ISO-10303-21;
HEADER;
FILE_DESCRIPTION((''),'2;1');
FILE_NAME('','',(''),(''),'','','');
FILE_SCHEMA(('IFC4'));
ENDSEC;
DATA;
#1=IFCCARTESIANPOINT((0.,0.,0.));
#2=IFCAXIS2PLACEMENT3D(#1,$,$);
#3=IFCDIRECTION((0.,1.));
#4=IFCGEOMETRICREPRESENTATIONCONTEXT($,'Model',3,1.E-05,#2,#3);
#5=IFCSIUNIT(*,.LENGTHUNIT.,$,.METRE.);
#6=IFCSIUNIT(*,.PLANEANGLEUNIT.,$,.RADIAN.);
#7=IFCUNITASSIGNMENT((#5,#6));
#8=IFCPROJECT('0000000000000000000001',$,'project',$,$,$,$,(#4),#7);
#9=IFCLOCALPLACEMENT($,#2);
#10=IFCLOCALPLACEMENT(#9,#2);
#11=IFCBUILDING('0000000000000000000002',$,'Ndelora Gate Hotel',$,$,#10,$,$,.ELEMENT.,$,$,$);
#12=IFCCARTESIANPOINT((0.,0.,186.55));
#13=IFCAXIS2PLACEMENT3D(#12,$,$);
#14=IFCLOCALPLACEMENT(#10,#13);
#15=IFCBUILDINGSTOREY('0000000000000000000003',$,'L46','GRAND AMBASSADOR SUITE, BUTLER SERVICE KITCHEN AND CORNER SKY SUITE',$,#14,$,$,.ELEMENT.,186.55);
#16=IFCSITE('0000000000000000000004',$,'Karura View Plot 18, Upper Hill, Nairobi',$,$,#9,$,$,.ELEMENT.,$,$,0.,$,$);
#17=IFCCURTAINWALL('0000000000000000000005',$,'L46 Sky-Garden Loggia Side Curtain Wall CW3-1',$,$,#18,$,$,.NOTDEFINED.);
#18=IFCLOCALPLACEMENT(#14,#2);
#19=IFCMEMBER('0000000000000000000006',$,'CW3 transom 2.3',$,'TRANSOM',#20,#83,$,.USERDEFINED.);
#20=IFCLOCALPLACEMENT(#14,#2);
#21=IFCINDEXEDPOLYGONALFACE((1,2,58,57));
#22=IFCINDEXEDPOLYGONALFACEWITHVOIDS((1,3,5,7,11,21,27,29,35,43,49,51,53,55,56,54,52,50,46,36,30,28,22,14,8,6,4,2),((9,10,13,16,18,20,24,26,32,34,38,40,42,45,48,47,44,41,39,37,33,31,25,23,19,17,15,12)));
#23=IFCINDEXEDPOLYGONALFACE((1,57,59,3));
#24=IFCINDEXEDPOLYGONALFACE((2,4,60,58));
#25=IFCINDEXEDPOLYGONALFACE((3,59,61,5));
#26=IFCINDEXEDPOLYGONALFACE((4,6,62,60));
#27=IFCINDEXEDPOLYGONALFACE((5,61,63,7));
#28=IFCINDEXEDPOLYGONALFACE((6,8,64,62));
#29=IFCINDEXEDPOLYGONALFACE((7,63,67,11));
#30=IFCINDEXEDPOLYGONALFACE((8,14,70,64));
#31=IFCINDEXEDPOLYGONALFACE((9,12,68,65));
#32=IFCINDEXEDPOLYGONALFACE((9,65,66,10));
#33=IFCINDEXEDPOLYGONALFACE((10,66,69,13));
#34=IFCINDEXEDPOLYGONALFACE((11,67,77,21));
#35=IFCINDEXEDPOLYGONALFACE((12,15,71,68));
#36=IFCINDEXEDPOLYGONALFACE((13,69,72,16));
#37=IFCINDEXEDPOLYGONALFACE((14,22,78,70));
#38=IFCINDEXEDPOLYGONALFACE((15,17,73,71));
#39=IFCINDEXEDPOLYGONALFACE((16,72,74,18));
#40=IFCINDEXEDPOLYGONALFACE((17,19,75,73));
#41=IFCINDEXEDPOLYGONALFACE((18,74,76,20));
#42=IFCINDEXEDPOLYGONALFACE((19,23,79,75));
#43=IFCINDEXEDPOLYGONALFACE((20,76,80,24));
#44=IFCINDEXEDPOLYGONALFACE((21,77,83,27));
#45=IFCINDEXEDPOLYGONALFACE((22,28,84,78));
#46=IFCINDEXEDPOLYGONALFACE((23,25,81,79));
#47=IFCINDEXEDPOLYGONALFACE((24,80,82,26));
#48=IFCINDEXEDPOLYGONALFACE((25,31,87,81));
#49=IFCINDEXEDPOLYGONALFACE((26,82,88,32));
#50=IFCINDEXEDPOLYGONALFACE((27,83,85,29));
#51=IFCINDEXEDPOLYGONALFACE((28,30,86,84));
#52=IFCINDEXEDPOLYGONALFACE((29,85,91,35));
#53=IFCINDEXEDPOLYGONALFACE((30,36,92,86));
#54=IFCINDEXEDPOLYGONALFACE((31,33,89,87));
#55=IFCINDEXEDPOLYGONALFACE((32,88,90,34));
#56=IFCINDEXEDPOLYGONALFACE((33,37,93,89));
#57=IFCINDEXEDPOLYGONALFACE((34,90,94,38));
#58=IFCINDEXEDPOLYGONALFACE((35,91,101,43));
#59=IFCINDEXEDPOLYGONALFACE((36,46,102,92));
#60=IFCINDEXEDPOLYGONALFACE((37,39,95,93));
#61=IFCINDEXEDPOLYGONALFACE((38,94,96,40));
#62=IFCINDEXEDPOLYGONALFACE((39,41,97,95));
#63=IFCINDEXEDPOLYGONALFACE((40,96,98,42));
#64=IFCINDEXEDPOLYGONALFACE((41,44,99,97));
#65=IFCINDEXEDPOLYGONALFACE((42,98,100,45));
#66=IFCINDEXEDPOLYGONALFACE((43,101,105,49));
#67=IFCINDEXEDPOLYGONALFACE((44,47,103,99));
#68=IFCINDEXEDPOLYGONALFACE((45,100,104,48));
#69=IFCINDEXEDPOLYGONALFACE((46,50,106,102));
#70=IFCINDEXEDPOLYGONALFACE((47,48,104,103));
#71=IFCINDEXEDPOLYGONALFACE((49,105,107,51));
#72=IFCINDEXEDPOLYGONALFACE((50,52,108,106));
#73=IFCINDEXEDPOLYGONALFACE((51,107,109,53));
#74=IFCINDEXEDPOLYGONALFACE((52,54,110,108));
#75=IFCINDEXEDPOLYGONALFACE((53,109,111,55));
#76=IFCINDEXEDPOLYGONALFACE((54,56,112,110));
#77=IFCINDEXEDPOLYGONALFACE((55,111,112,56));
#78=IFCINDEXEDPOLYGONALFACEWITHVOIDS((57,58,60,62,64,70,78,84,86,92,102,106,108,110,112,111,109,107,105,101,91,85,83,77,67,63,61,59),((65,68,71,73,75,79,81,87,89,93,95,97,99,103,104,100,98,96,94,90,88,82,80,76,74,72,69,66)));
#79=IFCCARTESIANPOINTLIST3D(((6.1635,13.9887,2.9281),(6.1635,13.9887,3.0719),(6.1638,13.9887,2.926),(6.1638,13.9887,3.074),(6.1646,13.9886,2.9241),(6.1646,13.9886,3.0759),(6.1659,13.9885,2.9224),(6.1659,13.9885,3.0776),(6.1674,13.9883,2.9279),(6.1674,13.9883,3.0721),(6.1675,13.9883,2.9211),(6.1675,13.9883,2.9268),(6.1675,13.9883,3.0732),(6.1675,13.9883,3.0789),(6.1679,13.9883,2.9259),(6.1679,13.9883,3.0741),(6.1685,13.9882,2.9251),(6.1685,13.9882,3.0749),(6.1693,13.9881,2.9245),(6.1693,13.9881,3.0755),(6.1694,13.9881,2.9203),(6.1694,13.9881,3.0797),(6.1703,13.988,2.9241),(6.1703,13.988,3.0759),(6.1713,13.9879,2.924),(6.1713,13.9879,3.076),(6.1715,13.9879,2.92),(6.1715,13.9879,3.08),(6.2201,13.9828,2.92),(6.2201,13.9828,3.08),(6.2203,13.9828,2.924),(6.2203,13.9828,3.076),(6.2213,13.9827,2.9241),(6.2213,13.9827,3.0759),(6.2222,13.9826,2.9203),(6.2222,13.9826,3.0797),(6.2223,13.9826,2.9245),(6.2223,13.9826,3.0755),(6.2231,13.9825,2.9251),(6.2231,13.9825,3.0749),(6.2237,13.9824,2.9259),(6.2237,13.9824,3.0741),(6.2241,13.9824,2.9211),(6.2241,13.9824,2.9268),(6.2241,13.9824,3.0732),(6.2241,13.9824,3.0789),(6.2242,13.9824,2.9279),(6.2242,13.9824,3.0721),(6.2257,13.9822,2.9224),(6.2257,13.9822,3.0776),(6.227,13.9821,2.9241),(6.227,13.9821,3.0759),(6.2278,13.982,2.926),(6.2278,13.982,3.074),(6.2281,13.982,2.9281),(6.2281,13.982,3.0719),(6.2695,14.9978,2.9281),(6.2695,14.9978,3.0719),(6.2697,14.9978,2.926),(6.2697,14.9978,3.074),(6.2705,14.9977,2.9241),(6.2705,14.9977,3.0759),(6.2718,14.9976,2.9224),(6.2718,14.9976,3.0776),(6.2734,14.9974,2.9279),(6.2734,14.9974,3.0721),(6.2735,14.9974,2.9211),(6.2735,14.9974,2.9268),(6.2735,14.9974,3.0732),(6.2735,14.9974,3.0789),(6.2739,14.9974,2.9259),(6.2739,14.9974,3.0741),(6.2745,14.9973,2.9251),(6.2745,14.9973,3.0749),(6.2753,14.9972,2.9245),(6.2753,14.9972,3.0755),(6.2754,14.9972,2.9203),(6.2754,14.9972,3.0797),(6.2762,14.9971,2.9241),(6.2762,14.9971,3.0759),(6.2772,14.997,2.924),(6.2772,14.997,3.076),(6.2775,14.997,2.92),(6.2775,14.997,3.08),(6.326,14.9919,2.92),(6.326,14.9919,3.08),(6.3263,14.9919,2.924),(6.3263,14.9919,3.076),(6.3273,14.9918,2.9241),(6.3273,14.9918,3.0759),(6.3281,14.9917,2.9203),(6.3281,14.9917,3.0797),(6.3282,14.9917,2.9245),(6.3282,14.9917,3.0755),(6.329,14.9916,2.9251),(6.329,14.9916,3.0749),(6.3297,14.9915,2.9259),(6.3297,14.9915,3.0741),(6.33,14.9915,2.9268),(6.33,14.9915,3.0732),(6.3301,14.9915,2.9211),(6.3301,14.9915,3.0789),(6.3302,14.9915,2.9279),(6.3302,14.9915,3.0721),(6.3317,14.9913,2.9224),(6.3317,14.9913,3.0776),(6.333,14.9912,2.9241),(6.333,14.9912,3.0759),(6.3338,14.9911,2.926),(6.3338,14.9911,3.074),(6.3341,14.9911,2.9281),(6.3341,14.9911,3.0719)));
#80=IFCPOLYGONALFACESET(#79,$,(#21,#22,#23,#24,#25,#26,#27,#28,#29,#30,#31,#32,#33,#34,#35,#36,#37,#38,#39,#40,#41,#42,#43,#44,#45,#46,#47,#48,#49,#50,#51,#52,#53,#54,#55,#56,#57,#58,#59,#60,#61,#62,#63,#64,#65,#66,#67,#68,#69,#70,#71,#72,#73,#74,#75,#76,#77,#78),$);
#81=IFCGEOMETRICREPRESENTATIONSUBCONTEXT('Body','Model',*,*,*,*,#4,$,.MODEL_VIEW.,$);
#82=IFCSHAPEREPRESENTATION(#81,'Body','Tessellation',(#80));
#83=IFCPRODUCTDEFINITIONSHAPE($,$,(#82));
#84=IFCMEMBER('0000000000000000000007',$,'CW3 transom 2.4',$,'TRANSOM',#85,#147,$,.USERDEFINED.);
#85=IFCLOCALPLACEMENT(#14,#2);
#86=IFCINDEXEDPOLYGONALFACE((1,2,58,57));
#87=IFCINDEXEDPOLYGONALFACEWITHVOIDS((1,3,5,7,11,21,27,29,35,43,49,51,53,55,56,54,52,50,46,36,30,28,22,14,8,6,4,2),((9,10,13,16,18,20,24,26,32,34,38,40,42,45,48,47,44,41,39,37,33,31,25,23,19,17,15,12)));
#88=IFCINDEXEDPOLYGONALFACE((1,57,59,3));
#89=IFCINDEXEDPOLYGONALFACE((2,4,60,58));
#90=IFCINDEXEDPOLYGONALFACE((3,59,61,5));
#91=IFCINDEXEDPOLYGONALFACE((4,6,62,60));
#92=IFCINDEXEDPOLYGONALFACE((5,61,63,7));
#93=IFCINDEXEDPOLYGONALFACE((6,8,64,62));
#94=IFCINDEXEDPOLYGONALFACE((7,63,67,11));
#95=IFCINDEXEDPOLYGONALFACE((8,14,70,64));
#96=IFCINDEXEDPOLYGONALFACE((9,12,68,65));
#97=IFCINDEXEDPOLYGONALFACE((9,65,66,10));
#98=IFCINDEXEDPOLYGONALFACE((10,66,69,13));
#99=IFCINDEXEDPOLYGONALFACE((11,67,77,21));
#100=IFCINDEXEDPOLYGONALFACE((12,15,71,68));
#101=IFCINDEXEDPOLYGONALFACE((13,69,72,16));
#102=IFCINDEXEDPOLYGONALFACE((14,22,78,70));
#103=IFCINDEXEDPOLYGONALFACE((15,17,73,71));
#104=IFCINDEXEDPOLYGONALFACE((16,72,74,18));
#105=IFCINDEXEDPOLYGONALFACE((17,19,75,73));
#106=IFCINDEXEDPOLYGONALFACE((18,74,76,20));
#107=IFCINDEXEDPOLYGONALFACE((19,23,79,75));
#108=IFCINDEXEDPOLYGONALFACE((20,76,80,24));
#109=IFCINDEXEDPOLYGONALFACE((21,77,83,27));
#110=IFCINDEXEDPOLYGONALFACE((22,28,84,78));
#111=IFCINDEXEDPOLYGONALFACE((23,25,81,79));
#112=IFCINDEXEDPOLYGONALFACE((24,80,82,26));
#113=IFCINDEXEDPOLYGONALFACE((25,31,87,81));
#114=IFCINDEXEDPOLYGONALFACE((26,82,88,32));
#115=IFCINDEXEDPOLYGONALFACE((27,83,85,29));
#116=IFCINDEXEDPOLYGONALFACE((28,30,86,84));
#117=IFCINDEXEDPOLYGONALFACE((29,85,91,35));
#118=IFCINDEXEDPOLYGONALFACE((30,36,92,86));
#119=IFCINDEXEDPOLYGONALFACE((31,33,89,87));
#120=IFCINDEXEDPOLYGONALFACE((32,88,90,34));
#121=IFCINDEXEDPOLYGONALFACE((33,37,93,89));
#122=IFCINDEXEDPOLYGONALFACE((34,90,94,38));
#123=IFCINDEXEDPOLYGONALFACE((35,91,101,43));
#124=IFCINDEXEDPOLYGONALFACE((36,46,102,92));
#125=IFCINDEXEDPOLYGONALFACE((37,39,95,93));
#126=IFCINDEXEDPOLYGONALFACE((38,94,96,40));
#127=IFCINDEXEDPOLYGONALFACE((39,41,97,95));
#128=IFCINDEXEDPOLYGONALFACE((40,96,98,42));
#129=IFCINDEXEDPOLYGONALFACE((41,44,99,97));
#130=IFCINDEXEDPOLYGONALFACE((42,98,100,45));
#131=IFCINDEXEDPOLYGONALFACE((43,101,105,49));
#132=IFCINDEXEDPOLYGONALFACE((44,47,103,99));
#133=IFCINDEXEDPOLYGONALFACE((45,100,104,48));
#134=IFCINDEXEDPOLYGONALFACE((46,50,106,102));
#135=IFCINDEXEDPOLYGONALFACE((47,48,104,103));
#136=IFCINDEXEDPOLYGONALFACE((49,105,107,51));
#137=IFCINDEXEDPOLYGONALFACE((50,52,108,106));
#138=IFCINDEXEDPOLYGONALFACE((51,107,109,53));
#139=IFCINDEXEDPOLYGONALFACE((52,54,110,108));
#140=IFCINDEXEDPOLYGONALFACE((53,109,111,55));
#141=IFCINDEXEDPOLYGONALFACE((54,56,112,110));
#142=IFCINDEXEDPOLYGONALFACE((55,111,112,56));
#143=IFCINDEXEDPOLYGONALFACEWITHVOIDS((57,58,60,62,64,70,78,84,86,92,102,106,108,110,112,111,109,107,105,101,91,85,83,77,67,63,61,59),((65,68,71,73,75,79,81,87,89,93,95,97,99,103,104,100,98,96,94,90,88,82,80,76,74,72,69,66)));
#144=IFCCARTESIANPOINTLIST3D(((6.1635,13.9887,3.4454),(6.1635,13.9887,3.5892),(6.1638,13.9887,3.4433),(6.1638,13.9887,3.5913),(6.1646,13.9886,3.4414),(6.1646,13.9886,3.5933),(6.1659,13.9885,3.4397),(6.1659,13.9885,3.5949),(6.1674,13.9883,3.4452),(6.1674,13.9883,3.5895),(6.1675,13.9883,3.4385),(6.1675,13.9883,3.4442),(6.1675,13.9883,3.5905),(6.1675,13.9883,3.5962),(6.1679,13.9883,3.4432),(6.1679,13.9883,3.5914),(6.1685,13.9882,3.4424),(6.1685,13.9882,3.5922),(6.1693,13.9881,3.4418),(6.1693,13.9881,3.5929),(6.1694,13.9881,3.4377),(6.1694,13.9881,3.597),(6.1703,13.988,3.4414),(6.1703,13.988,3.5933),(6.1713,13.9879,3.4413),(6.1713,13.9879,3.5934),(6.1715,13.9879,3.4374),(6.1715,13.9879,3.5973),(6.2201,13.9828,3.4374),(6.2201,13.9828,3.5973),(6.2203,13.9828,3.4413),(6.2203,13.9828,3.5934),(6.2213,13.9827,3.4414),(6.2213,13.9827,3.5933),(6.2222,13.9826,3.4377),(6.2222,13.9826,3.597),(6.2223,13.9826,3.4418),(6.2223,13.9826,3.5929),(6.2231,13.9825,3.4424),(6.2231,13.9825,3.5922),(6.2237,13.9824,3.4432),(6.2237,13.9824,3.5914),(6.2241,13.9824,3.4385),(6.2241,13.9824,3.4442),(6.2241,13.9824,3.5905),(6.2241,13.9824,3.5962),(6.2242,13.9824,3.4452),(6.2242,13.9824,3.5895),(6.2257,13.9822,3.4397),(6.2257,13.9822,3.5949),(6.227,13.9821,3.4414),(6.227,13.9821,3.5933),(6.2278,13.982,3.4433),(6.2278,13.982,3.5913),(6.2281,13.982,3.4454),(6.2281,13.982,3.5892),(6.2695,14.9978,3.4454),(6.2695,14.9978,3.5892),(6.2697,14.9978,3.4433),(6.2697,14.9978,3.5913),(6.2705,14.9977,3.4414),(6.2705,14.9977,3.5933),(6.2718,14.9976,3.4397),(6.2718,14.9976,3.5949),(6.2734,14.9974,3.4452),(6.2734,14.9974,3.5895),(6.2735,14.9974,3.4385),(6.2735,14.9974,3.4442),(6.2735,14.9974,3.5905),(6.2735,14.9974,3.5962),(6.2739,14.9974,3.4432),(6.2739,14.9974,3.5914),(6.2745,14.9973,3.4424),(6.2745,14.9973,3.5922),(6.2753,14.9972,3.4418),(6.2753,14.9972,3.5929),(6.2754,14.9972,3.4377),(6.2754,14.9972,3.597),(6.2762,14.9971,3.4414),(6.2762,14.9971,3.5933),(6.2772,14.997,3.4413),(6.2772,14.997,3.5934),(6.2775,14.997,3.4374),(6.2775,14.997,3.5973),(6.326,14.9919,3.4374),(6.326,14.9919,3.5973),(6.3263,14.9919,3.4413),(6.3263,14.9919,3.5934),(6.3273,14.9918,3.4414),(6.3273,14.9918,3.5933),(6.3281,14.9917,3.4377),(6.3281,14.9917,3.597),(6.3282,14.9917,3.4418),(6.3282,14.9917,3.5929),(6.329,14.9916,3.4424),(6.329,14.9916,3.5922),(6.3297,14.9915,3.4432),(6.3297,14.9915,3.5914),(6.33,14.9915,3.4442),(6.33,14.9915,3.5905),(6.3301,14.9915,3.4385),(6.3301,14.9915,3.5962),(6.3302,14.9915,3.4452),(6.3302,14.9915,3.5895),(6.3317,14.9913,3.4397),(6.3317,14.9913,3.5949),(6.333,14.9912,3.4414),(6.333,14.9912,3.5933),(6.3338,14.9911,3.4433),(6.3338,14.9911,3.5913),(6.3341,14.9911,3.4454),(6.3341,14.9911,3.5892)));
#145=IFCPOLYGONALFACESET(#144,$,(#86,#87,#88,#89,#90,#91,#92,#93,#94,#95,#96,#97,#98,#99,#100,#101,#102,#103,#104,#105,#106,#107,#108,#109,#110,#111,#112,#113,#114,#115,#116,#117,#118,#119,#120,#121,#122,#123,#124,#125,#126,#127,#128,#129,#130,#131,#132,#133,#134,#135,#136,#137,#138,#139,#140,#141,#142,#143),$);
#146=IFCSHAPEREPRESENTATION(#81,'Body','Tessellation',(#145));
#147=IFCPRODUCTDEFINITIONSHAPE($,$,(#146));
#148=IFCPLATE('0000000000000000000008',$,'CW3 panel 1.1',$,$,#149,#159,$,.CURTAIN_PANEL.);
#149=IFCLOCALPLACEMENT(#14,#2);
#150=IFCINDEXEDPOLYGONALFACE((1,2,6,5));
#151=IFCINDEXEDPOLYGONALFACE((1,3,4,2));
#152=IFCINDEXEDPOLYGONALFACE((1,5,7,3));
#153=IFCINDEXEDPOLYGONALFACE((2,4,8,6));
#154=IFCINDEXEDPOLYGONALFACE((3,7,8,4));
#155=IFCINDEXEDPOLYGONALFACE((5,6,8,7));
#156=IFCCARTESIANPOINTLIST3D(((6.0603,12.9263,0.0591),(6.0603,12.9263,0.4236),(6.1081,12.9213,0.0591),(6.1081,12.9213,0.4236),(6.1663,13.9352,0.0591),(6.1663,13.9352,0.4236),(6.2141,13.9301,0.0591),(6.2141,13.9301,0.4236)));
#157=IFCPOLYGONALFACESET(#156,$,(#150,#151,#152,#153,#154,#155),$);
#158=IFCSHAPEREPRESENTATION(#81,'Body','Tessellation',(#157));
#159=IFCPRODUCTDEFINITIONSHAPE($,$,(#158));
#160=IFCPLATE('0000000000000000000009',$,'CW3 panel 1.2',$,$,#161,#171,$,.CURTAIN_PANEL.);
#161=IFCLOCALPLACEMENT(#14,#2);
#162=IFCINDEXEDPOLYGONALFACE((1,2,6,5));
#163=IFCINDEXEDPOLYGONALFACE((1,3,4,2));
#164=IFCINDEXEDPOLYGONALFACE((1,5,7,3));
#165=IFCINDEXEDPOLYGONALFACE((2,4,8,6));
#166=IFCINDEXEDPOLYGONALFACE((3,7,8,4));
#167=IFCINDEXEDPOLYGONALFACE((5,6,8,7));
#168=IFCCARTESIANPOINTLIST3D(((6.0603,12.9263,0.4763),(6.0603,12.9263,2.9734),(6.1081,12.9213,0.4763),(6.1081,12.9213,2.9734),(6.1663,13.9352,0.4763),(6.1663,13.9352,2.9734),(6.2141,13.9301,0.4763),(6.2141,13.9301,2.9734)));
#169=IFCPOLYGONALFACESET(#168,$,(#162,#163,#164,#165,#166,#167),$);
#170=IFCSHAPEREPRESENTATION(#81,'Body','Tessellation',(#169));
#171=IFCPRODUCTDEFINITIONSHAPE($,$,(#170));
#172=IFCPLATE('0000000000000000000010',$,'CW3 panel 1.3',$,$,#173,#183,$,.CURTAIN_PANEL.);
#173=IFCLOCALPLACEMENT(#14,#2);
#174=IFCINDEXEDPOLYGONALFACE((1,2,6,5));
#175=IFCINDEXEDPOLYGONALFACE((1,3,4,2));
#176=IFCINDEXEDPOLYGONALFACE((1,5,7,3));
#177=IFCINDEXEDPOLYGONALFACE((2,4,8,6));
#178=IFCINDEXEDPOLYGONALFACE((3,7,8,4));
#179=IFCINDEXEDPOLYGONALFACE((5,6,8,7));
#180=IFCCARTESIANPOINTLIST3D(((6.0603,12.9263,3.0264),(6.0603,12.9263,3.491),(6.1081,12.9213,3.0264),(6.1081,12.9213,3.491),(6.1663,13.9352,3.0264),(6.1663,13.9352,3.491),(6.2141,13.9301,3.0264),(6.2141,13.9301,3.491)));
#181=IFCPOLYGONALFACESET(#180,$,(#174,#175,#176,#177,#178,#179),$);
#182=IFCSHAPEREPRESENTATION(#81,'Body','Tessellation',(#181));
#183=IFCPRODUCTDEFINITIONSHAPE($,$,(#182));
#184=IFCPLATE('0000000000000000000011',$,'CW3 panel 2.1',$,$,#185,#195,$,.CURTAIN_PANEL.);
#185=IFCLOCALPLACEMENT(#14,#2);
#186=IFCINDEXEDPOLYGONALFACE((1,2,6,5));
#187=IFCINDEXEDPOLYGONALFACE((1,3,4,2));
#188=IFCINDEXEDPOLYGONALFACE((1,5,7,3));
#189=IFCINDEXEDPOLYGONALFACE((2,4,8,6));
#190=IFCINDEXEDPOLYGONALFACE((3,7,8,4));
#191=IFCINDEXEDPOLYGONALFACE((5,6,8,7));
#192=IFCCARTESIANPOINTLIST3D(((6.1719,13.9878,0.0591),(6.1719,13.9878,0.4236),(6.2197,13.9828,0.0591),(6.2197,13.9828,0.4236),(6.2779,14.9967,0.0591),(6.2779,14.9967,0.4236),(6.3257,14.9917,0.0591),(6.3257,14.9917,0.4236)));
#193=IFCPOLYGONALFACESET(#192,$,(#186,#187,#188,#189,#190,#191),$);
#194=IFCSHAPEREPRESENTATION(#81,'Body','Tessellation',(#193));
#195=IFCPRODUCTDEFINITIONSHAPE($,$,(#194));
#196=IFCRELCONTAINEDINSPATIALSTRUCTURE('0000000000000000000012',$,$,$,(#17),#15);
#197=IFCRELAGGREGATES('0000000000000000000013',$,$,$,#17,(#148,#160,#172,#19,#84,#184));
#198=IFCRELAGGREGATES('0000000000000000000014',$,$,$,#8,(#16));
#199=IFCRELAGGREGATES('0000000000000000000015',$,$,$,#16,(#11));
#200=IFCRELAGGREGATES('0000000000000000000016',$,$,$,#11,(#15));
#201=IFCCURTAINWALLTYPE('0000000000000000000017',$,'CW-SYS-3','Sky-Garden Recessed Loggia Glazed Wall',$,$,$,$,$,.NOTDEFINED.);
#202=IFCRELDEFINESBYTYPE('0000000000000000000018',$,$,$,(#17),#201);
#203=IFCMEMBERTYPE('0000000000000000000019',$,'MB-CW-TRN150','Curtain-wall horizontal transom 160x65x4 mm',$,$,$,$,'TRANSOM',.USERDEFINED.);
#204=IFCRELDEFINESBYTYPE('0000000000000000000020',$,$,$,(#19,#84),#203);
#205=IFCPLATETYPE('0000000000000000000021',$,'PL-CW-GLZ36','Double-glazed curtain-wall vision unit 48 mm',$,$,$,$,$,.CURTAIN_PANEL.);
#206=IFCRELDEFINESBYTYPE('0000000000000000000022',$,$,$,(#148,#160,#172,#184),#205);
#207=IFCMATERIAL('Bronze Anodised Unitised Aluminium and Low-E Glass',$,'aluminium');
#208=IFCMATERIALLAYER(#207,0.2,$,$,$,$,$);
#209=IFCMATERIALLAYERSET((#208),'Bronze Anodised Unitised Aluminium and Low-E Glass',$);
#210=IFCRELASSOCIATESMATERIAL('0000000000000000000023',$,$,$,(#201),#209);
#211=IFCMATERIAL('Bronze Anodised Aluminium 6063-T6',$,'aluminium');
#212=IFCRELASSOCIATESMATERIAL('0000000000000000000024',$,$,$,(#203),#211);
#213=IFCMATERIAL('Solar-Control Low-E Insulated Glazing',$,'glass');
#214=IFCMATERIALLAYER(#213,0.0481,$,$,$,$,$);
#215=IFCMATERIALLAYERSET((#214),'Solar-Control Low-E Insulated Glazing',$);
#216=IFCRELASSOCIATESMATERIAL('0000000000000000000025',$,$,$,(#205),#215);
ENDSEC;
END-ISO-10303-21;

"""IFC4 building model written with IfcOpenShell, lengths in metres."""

from ifc_helpers import new_model, si_unit, direction, frame, origin, origin_2d, place, context, subcontext, project, spatial, rectangle, hollow_rectangle, extrude, material, layer, layer_set, material_profile, profile_set, type_object, element, aggregate, save


model = new_model("IFC4")

# Units and contexts
model_context = context("Model", 3, precision=1e-05, world=origin(), true_north=direction((0.0, 1.0)))
body_context = subcontext(model_context, "Body", "Model", "MODEL_VIEW")
ifc_project = project(units=[si_unit("LENGTHUNIT", "METRE"), si_unit("PLANEANGLEUNIT", "RADIAN")], contexts=[model_context])

# Site, building, storey
site_placement = place(None, origin())
site = spatial("IfcSite", under=ifc_project, at=site_placement, Name="Karura View Plot 18, Upper Hill, Nairobi", CompositionType="ELEMENT", RefElevation=0.0)
building_placement = place(site_placement, origin())
building = spatial("IfcBuilding", under=site, at=building_placement, Name="Ndelora Gate Hotel", CompositionType="ELEMENT")
storey_placement = place(building_placement, frame((0.0, 0.0, 186.55)))
storey = spatial("IfcBuildingStorey", under=building, at=storey_placement, Name="L46", Description="GRAND AMBASSADOR SUITE, BUTLER SERVICE KITCHEN AND CORNER SKY SUITE", CompositionType="ELEMENT", Elevation=186.55)

# Curtain wall, members, plates
ifc_material_1 = material(Name="Bronze Anodised Unitised Aluminium and Low-E Glass", Category="aluminium")
ifc_layer_1 = layer(ifc_material_1, 0.2)
ifc_layer_set_1 = layer_set([ifc_layer_1], Name="Bronze Anodised Unitised Aluminium and Low-E Glass")
curtain_wall_type = type_object("IfcCurtainWallType", Name="CW-SYS-3", Description="Sky-Garden Recessed Loggia Glazed Wall", PredefinedType="NOTDEFINED", material=ifc_layer_set_1)
curtain_wall_placement = place(storey_placement, origin())
curtain_wall = element("IfcCurtainWall", 1, at=curtain_wall_placement, inside=storey, type_object=curtain_wall_type, Name="L46 Sky-Garden Loggia Side Curtain Wall CW3-1", PredefinedType="NOTDEFINED")
ifc_material_2 = material(Name="Bronze Anodised Aluminium 6063-T6", Category="aluminium")
ifc_material_profile_1 = material_profile(ifc_material_2, hollow_rectangle(XDim=0.0649, YDim=0.1599, WallThickness=0.0039, InnerFilletRadius=0.0039, OuterFilletRadius=0.0081, at=origin_2d()), Name="ALU 160x65x4")
ifc_profile_set_1 = profile_set([ifc_material_profile_1], Name="Bronze Anodised Aluminium 6063-T6")
member_type_1 = type_object("IfcMemberType", Name="MB-CW-TRN150", Description="Curtain-wall horizontal transom 160x65x4 mm", ElementType="TRANSOM", PredefinedType="USERDEFINED", material=ifc_profile_set_1)
member_1_placement = place(storey_placement, frame((6.1958, 13.9854, 3.0), z_axis=(0.104434, 0.994532, 0.0), x_axis=(-0.994532, 0.104434, 0.0)))
member_1 = element("IfcMember", 2, at=member_1_placement, type_object=member_type_1, Name="CW3 transom 2.3", ObjectType="TRANSOM", PredefinedType="USERDEFINED", context=body_context, shape_type="SweptSolid", body=[
    extrude(hollow_rectangle(XDim=0.0649, YDim=0.1599, WallThickness=0.0039, InnerFilletRadius=0.0039, OuterFilletRadius=0.0081, at=origin_2d()), origin(), (0.0, 0.0, 1.0), 1.0146),
])
member_2_placement = place(storey_placement, frame((6.1958, 13.9854, 3.5173), z_axis=(0.104434, 0.994532, 0.0), x_axis=(-0.994532, 0.104434, 0.0)))
member_2 = element("IfcMember", 3, at=member_2_placement, type_object=member_type_1, Name="CW3 transom 2.4", ObjectType="TRANSOM", PredefinedType="USERDEFINED", context=body_context, shape_type="SweptSolid", body=[
    extrude(hollow_rectangle(XDim=0.0649, YDim=0.1599, WallThickness=0.0039, InnerFilletRadius=0.0039, OuterFilletRadius=0.0081, at=origin_2d()), origin(), (0.0, 0.0, 1.0), 1.0146),
])
ifc_material_3 = material(Name="Solar-Control Low-E Insulated Glazing", Category="glass")
ifc_layer_2 = layer(ifc_material_3, 0.0481)
ifc_layer_set_2 = layer_set([ifc_layer_2], Name="Solar-Control Low-E Insulated Glazing")
plate_type = type_object("IfcPlateType", Name="PL-CW-GLZ36", Description="Double-glazed curtain-wall vision unit 48 mm", PredefinedType="CURTAIN_PANEL", material=ifc_layer_set_2)
plate_1_placement = place(storey_placement, frame((6.1372, 13.4282, 0.0591), z_axis=(0.0, 0.0, 1.0), x_axis=(0.104498, 0.994525, 0.0)))
plate_1 = element("IfcPlate", 4, at=plate_1_placement, type_object=plate_type, Name="CW3 panel 1.1", PredefinedType="CURTAIN_PANEL", context=body_context, shape_type="SweptSolid", body=[
    extrude(rectangle(XDim=1.0144, YDim=0.0481, at=origin_2d()), origin(), (0.0, 0.0, 1.0), 0.3645),
])
plate_2_placement = place(storey_placement, frame((6.1372, 13.4282, 0.4763), z_axis=(0.0, 0.0, 1.0), x_axis=(0.104498, 0.994525, 0.0)))
plate_2 = element("IfcPlate", 5, at=plate_2_placement, type_object=plate_type, Name="CW3 panel 1.2", PredefinedType="CURTAIN_PANEL", context=body_context, shape_type="SweptSolid", body=[
    extrude(rectangle(XDim=1.0144, YDim=0.0481, at=origin_2d()), origin(), (0.0, 0.0, 1.0), 2.4971),
])
plate_3_placement = place(storey_placement, frame((6.1372, 13.4282, 3.0264), z_axis=(0.0, 0.0, 1.0), x_axis=(0.104498, 0.994525, 0.0)))
plate_3 = element("IfcPlate", 6, at=plate_3_placement, type_object=plate_type, Name="CW3 panel 1.3", PredefinedType="CURTAIN_PANEL", context=body_context, shape_type="SweptSolid", body=[
    extrude(rectangle(XDim=1.0144, YDim=0.0481, at=origin_2d()), origin(), (0.0, 0.0, 1.0), 0.4646),
])
plate_4_placement = place(storey_placement, frame((6.2488, 14.4897, 0.0591), z_axis=(0.0, 0.0, 1.0), x_axis=(0.104498, 0.994525, 0.0)))
plate_4 = element("IfcPlate", 7, at=plate_4_placement, type_object=plate_type, Name="CW3 panel 2.1", PredefinedType="CURTAIN_PANEL", context=body_context, shape_type="SweptSolid", body=[
    extrude(rectangle(XDim=1.0144, YDim=0.0481, at=origin_2d()), origin(), (0.0, 0.0, 1.0), 0.3645),
])
aggregate(curtain_wall, [plate_1, plate_2, plate_3, member_1, member_2, plate_4])

save(model, "model.ifc")
